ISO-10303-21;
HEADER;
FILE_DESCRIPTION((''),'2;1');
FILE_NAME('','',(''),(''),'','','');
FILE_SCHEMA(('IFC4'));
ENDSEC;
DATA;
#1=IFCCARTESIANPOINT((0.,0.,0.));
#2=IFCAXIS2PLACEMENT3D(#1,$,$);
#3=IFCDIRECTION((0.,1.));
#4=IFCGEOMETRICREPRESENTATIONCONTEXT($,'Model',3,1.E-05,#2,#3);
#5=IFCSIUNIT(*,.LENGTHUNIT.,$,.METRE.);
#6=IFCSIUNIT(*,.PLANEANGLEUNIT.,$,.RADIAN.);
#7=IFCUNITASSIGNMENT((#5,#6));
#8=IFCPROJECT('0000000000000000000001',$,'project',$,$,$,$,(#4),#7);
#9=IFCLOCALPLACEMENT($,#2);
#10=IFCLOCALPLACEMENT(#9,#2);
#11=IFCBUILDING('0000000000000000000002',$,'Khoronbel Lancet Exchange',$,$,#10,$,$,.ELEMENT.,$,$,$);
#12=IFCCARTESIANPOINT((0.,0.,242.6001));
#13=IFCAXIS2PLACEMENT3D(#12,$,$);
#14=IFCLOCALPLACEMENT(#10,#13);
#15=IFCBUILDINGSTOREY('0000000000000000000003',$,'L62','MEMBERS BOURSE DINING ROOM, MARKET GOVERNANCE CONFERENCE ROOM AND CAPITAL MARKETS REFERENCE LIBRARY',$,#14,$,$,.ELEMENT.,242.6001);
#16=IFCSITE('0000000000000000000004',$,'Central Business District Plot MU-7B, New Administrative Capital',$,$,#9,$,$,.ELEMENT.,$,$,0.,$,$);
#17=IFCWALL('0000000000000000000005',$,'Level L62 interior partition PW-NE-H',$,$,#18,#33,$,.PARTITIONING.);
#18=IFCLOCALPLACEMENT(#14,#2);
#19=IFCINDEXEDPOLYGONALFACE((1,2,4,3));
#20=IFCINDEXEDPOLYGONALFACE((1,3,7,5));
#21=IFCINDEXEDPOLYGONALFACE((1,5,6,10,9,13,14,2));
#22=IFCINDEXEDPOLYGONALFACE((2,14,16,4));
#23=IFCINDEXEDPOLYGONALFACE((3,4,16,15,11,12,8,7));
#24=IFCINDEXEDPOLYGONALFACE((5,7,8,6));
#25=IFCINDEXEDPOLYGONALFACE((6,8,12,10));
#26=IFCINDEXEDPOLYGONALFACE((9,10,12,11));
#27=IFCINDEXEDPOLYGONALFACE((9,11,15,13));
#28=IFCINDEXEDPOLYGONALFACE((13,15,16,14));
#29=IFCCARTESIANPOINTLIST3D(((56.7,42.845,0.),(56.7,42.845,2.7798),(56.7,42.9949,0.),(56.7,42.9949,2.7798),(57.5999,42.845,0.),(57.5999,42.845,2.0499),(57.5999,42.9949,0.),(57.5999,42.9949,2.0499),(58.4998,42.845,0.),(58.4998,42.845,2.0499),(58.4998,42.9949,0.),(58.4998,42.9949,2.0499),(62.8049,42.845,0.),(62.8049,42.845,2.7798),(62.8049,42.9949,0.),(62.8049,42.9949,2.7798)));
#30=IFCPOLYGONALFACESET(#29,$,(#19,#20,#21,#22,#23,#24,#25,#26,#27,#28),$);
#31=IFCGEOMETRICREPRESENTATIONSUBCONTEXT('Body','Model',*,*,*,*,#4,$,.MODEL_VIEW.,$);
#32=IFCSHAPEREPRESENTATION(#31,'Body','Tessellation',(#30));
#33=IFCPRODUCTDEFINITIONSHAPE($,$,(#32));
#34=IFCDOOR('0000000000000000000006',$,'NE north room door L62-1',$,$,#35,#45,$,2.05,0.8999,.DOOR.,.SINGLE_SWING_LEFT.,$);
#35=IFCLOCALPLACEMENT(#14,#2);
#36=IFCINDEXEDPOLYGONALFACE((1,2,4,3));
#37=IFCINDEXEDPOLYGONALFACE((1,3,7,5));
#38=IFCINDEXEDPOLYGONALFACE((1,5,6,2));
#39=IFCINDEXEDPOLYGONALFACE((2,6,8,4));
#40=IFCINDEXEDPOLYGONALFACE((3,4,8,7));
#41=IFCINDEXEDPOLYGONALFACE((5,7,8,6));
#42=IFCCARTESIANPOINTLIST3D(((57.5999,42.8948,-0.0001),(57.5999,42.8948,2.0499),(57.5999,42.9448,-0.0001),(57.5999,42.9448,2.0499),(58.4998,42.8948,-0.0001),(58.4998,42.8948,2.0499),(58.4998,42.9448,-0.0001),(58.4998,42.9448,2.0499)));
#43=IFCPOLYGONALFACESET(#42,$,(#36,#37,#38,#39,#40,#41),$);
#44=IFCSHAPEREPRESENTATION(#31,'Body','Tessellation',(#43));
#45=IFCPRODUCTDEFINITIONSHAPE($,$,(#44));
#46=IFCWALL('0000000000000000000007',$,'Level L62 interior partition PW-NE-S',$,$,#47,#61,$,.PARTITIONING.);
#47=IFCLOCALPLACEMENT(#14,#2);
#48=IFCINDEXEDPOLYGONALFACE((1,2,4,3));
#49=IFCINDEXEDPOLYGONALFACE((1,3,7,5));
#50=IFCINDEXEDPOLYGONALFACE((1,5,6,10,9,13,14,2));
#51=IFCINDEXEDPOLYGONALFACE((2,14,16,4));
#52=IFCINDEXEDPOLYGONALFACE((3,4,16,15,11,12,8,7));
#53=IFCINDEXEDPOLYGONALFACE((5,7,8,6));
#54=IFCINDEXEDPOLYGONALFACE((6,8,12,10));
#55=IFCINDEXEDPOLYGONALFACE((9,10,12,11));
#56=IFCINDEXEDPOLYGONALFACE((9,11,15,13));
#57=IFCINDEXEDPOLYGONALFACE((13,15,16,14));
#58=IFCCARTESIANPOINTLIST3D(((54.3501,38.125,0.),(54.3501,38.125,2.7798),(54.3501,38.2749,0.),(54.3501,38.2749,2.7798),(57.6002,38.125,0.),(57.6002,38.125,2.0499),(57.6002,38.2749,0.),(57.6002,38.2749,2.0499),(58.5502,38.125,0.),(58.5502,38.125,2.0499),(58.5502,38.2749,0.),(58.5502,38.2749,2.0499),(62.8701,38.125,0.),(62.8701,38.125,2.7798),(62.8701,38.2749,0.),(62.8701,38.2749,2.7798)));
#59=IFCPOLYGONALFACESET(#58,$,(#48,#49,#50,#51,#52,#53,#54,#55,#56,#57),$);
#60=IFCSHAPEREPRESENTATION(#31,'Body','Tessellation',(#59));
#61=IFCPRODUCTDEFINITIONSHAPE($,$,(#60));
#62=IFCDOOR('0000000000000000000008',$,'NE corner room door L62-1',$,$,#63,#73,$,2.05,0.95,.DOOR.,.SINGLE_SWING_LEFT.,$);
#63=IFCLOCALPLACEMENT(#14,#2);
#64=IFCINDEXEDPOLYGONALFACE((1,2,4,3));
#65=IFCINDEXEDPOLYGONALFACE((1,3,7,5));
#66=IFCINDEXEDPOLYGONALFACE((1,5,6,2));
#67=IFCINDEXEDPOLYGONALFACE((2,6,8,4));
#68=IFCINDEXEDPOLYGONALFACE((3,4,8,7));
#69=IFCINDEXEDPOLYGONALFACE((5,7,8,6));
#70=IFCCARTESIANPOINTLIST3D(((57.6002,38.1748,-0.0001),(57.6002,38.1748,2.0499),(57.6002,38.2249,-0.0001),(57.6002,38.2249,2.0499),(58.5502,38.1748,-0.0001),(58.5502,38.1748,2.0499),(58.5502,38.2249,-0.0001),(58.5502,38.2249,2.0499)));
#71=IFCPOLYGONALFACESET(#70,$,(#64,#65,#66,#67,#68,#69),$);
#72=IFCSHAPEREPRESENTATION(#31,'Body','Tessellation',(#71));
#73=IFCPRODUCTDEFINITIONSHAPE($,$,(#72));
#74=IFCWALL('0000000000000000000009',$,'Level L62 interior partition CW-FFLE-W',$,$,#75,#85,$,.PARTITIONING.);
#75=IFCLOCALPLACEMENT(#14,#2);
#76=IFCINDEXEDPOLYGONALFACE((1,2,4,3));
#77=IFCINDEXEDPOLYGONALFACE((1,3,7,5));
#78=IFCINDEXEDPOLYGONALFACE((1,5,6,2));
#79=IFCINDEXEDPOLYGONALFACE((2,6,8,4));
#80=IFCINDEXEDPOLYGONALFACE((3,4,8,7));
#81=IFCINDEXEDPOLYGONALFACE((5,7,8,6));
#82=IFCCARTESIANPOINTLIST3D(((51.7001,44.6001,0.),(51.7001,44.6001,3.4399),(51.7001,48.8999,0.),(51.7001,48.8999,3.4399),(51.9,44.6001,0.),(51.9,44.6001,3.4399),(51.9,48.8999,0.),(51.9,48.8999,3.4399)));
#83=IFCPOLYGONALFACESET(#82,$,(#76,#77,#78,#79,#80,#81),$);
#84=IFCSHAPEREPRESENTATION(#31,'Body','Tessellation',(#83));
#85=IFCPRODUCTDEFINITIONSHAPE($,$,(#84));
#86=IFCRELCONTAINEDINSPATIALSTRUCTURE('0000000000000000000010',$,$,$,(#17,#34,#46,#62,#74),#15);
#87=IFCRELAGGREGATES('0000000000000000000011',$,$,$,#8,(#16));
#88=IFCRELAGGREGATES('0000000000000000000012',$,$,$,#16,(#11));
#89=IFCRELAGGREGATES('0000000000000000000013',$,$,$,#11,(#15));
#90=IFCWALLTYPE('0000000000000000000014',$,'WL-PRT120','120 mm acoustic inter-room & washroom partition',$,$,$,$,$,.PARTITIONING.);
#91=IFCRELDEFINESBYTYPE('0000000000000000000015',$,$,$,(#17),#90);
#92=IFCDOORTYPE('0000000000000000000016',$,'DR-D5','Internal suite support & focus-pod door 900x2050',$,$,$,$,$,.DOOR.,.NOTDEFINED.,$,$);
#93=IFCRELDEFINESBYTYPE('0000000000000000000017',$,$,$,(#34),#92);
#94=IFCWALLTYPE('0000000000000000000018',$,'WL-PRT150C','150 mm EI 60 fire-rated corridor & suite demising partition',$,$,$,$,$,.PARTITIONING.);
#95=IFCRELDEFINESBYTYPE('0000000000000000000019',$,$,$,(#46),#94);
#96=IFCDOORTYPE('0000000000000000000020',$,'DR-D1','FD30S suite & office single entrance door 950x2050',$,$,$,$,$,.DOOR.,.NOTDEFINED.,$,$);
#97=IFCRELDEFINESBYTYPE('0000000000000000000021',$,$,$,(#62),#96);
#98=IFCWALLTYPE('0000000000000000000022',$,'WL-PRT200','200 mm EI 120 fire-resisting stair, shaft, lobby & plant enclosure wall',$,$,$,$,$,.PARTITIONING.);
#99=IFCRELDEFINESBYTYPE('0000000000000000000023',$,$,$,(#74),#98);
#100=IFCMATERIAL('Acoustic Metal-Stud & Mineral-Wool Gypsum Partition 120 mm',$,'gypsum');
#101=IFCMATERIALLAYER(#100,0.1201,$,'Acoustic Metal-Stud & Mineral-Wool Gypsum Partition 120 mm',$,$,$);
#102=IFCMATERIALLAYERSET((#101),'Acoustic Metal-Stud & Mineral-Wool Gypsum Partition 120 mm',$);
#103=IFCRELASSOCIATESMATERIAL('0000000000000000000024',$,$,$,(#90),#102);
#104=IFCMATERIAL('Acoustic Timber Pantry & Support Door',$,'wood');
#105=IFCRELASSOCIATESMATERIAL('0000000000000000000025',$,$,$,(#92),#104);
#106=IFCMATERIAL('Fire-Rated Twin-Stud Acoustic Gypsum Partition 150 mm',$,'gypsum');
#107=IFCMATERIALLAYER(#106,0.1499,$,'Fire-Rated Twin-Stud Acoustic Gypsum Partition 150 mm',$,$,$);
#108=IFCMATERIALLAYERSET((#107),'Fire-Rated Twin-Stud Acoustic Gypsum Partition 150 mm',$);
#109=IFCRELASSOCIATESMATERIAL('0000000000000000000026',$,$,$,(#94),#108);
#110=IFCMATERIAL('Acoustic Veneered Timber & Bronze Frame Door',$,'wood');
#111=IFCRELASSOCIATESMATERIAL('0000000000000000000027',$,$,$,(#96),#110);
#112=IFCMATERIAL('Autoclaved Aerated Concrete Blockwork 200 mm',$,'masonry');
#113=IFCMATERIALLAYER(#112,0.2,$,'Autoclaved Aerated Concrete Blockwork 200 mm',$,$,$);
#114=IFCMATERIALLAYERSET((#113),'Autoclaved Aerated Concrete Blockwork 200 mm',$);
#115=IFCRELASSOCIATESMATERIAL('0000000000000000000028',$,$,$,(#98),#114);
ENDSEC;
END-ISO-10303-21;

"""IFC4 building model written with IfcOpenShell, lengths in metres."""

from ifc_helpers import new_model, si_unit, direction, frame, frame_2d, origin, place, context, subcontext, project, spatial, rectangle, extrude, material, layer, layer_set, type_object, element, fill, save


model = new_model("IFC4")

# Units and contexts
model_context = context("Model", 3, precision=1e-05, world=origin(), true_north=direction((0.0, 1.0)))
body_context = subcontext(model_context, "Body", "Model", "MODEL_VIEW")
ifc_project = project(units=[si_unit("LENGTHUNIT", "METRE"), si_unit("PLANEANGLEUNIT", "RADIAN")], contexts=[model_context])

# Site, building, storey
site_placement = place(None, origin())
site = spatial("IfcSite", under=ifc_project, at=site_placement, Name="Central Business District Plot MU-7B, New Administrative Capital", CompositionType="ELEMENT", RefElevation=0.0)
building_placement = place(site_placement, origin())
building = spatial("IfcBuilding", under=site, at=building_placement, Name="Khoronbel Lancet Exchange", CompositionType="ELEMENT")
storey_placement = place(building_placement, frame((0.0, 0.0, 242.6001)))
storey = spatial("IfcBuildingStorey", under=building, at=storey_placement, Name="L62", Description="MEMBERS BOURSE DINING ROOM, MARKET GOVERNANCE CONFERENCE ROOM AND CAPITAL MARKETS REFERENCE LIBRARY", CompositionType="ELEMENT", Elevation=242.6001)

# Shared definitions
ifc_material_1 = material(Name="Acoustic Metal-Stud & Mineral-Wool Gypsum Partition 120 mm", Category="gypsum")
ifc_layer_1 = layer(ifc_material_1, 0.1201, Name="Acoustic Metal-Stud & Mineral-Wool Gypsum Partition 120 mm")
ifc_layer_set_1 = layer_set([ifc_layer_1], Name="Acoustic Metal-Stud & Mineral-Wool Gypsum Partition 120 mm")
wall_type_1 = type_object("IfcWallType", Name="WL-PRT120", Description="120 mm acoustic inter-room & washroom partition", PredefinedType="PARTITIONING", material=ifc_layer_set_1)

# Walls, openings, doors
wall_1_placement = place(storey_placement, frame((56.7, 42.9199, 0.0), z_axis=(0.0, 0.0, 1.0), x_axis=(1.0, 0.0, 0.0)))
wall_1 = element("IfcWall", 1, at=wall_1_placement, inside=storey, type_object=wall_type_1, Name="Level L62 interior partition PW-NE-H", PredefinedType="PARTITIONING", context=body_context, shape_type="SweptSolid", body=[
    extrude(rectangle(XDim=6.105, YDim=0.1499, at=frame_2d((3.0525, 0.0))), origin(), (0.0, 0.0, 1.0), 2.7798),
])
opening_1_placement = place(wall_1_placement, frame((0.8999, 0.0, 0.0)))
opening_1 = element("IfcOpeningElement", 2, at=opening_1_placement, cuts=wall_1, PredefinedType="OPENING", context=body_context, shape_type="SweptSolid", body=[
    extrude(rectangle(XDim=0.8999, YDim=2.05, at=frame_2d((0.45, 1.0249))), frame((0.0, 0.085, 0.0), z_axis=(0.0, -1.0, 0.0), x_axis=(1.0, 0.0, 0.0)), (0.0, 0.0, 1.0), 0.1699),
])
ifc_material_2 = material(Name="Acoustic Timber Pantry & Support Door", Category="wood")
door_type_1 = type_object("IfcDoorType", Name="DR-D5", Description="Internal suite support & focus-pod door 900x2050", OperationType="NOTDEFINED", PredefinedType="DOOR", material=ifc_material_2)
door_1_placement = place(opening_1_placement, origin())
door_1 = element("IfcDoor", 3, at=door_1_placement, inside=storey, type_object=door_type_1, Name="NE north room door L62-1", OperationType="SINGLE_SWING_LEFT", OverallHeight=2.05, OverallWidth=0.8999, PredefinedType="DOOR", context=body_context, shape_type="SweptSolid", body=[
    extrude(rectangle(XDim=0.8999, YDim=2.05, at=frame_2d((0.45, 1.0249))), frame((0.0, 0.0249, 0.0), z_axis=(0.0, -1.0, 0.0), x_axis=(1.0, 0.0, 0.0)), (0.0, 0.0, 1.0), 0.05),
])
fill(opening_1, door_1)
ifc_material_3 = material(Name="Fire-Rated Twin-Stud Acoustic Gypsum Partition 150 mm", Category="gypsum")
ifc_layer_2 = layer(ifc_material_3, 0.1499, Name="Fire-Rated Twin-Stud Acoustic Gypsum Partition 150 mm")
ifc_layer_set_2 = layer_set([ifc_layer_2], Name="Fire-Rated Twin-Stud Acoustic Gypsum Partition 150 mm")
wall_type_2 = type_object("IfcWallType", Name="WL-PRT150C", Description="150 mm EI 60 fire-rated corridor & suite demising partition", PredefinedType="PARTITIONING", material=ifc_layer_set_2)
wall_2_placement = place(storey_placement, frame((54.3501, 38.2, 0.0), z_axis=(0.0, 0.0, 1.0), x_axis=(1.0, 0.0, 0.0)))
wall_2 = element("IfcWall", 4, at=wall_2_placement, inside=storey, type_object=wall_type_2, Name="Level L62 interior partition PW-NE-S", PredefinedType="PARTITIONING", context=body_context, shape_type="SweptSolid", body=[
    extrude(rectangle(XDim=8.52, YDim=0.1499, at=frame_2d((4.26, 0.0))), origin(), (0.0, 0.0, 1.0), 2.7798),
])
opening_2_placement = place(wall_2_placement, frame((3.25, 0.0, 0.0)))
opening_2 = element("IfcOpeningElement", 5, at=opening_2_placement, cuts=wall_2, PredefinedType="OPENING", context=body_context, shape_type="SweptSolid", body=[
    extrude(rectangle(XDim=0.95, YDim=2.05, at=frame_2d((0.4751, 1.0249))), frame((0.0, 0.085, 0.0), z_axis=(0.0, -1.0, 0.0), x_axis=(1.0, 0.0, 0.0)), (0.0, 0.0, 1.0), 0.1699),
])
ifc_material_4 = material(Name="Acoustic Veneered Timber & Bronze Frame Door", Category="wood")
door_type_2 = type_object("IfcDoorType", Name="DR-D1", Description="FD30S suite & office single entrance door 950x2050", OperationType="NOTDEFINED", PredefinedType="DOOR", material=ifc_material_4)
door_2_placement = place(opening_2_placement, origin())
door_2 = element("IfcDoor", 6, at=door_2_placement, inside=storey, type_object=door_type_2, Name="NE corner room door L62-1", OperationType="SINGLE_SWING_LEFT", OverallHeight=2.05, OverallWidth=0.95, PredefinedType="DOOR", context=body_context, shape_type="SweptSolid", body=[
    extrude(rectangle(XDim=0.95, YDim=2.05, at=frame_2d((0.4751, 1.0249))), frame((0.0, 0.0249, 0.0), z_axis=(0.0, -1.0, 0.0), x_axis=(1.0, 0.0, 0.0)), (0.0, 0.0, 1.0), 0.05),
])
fill(opening_2, door_2)

# Wall
ifc_material_5 = material(Name="Autoclaved Aerated Concrete Blockwork 200 mm", Category="masonry")
ifc_layer_3 = layer(ifc_material_5, 0.2, Name="Autoclaved Aerated Concrete Blockwork 200 mm")
ifc_layer_set_3 = layer_set([ifc_layer_3], Name="Autoclaved Aerated Concrete Blockwork 200 mm")
wall_type_3 = type_object("IfcWallType", Name="WL-PRT200", Description="200 mm EI 120 fire-resisting stair, shaft, lobby & plant enclosure wall", PredefinedType="PARTITIONING", material=ifc_layer_set_3)
wall_3_placement = place(storey_placement, frame((51.8, 44.6001, 0.0), z_axis=(0.0, 0.0, 1.0), x_axis=(0.0, 1.0, 0.0)))
element("IfcWall", 7, at=wall_3_placement, inside=storey, type_object=wall_type_3, Name="Level L62 interior partition CW-FFLE-W", PredefinedType="PARTITIONING", context=body_context, shape_type="SweptSolid", body=[
    extrude(rectangle(XDim=4.2998, YDim=0.2, at=frame_2d((2.1499, 0.0))), origin(), (0.0, 0.0, 1.0), 3.4399),
])

save(model, "model.ifc")
